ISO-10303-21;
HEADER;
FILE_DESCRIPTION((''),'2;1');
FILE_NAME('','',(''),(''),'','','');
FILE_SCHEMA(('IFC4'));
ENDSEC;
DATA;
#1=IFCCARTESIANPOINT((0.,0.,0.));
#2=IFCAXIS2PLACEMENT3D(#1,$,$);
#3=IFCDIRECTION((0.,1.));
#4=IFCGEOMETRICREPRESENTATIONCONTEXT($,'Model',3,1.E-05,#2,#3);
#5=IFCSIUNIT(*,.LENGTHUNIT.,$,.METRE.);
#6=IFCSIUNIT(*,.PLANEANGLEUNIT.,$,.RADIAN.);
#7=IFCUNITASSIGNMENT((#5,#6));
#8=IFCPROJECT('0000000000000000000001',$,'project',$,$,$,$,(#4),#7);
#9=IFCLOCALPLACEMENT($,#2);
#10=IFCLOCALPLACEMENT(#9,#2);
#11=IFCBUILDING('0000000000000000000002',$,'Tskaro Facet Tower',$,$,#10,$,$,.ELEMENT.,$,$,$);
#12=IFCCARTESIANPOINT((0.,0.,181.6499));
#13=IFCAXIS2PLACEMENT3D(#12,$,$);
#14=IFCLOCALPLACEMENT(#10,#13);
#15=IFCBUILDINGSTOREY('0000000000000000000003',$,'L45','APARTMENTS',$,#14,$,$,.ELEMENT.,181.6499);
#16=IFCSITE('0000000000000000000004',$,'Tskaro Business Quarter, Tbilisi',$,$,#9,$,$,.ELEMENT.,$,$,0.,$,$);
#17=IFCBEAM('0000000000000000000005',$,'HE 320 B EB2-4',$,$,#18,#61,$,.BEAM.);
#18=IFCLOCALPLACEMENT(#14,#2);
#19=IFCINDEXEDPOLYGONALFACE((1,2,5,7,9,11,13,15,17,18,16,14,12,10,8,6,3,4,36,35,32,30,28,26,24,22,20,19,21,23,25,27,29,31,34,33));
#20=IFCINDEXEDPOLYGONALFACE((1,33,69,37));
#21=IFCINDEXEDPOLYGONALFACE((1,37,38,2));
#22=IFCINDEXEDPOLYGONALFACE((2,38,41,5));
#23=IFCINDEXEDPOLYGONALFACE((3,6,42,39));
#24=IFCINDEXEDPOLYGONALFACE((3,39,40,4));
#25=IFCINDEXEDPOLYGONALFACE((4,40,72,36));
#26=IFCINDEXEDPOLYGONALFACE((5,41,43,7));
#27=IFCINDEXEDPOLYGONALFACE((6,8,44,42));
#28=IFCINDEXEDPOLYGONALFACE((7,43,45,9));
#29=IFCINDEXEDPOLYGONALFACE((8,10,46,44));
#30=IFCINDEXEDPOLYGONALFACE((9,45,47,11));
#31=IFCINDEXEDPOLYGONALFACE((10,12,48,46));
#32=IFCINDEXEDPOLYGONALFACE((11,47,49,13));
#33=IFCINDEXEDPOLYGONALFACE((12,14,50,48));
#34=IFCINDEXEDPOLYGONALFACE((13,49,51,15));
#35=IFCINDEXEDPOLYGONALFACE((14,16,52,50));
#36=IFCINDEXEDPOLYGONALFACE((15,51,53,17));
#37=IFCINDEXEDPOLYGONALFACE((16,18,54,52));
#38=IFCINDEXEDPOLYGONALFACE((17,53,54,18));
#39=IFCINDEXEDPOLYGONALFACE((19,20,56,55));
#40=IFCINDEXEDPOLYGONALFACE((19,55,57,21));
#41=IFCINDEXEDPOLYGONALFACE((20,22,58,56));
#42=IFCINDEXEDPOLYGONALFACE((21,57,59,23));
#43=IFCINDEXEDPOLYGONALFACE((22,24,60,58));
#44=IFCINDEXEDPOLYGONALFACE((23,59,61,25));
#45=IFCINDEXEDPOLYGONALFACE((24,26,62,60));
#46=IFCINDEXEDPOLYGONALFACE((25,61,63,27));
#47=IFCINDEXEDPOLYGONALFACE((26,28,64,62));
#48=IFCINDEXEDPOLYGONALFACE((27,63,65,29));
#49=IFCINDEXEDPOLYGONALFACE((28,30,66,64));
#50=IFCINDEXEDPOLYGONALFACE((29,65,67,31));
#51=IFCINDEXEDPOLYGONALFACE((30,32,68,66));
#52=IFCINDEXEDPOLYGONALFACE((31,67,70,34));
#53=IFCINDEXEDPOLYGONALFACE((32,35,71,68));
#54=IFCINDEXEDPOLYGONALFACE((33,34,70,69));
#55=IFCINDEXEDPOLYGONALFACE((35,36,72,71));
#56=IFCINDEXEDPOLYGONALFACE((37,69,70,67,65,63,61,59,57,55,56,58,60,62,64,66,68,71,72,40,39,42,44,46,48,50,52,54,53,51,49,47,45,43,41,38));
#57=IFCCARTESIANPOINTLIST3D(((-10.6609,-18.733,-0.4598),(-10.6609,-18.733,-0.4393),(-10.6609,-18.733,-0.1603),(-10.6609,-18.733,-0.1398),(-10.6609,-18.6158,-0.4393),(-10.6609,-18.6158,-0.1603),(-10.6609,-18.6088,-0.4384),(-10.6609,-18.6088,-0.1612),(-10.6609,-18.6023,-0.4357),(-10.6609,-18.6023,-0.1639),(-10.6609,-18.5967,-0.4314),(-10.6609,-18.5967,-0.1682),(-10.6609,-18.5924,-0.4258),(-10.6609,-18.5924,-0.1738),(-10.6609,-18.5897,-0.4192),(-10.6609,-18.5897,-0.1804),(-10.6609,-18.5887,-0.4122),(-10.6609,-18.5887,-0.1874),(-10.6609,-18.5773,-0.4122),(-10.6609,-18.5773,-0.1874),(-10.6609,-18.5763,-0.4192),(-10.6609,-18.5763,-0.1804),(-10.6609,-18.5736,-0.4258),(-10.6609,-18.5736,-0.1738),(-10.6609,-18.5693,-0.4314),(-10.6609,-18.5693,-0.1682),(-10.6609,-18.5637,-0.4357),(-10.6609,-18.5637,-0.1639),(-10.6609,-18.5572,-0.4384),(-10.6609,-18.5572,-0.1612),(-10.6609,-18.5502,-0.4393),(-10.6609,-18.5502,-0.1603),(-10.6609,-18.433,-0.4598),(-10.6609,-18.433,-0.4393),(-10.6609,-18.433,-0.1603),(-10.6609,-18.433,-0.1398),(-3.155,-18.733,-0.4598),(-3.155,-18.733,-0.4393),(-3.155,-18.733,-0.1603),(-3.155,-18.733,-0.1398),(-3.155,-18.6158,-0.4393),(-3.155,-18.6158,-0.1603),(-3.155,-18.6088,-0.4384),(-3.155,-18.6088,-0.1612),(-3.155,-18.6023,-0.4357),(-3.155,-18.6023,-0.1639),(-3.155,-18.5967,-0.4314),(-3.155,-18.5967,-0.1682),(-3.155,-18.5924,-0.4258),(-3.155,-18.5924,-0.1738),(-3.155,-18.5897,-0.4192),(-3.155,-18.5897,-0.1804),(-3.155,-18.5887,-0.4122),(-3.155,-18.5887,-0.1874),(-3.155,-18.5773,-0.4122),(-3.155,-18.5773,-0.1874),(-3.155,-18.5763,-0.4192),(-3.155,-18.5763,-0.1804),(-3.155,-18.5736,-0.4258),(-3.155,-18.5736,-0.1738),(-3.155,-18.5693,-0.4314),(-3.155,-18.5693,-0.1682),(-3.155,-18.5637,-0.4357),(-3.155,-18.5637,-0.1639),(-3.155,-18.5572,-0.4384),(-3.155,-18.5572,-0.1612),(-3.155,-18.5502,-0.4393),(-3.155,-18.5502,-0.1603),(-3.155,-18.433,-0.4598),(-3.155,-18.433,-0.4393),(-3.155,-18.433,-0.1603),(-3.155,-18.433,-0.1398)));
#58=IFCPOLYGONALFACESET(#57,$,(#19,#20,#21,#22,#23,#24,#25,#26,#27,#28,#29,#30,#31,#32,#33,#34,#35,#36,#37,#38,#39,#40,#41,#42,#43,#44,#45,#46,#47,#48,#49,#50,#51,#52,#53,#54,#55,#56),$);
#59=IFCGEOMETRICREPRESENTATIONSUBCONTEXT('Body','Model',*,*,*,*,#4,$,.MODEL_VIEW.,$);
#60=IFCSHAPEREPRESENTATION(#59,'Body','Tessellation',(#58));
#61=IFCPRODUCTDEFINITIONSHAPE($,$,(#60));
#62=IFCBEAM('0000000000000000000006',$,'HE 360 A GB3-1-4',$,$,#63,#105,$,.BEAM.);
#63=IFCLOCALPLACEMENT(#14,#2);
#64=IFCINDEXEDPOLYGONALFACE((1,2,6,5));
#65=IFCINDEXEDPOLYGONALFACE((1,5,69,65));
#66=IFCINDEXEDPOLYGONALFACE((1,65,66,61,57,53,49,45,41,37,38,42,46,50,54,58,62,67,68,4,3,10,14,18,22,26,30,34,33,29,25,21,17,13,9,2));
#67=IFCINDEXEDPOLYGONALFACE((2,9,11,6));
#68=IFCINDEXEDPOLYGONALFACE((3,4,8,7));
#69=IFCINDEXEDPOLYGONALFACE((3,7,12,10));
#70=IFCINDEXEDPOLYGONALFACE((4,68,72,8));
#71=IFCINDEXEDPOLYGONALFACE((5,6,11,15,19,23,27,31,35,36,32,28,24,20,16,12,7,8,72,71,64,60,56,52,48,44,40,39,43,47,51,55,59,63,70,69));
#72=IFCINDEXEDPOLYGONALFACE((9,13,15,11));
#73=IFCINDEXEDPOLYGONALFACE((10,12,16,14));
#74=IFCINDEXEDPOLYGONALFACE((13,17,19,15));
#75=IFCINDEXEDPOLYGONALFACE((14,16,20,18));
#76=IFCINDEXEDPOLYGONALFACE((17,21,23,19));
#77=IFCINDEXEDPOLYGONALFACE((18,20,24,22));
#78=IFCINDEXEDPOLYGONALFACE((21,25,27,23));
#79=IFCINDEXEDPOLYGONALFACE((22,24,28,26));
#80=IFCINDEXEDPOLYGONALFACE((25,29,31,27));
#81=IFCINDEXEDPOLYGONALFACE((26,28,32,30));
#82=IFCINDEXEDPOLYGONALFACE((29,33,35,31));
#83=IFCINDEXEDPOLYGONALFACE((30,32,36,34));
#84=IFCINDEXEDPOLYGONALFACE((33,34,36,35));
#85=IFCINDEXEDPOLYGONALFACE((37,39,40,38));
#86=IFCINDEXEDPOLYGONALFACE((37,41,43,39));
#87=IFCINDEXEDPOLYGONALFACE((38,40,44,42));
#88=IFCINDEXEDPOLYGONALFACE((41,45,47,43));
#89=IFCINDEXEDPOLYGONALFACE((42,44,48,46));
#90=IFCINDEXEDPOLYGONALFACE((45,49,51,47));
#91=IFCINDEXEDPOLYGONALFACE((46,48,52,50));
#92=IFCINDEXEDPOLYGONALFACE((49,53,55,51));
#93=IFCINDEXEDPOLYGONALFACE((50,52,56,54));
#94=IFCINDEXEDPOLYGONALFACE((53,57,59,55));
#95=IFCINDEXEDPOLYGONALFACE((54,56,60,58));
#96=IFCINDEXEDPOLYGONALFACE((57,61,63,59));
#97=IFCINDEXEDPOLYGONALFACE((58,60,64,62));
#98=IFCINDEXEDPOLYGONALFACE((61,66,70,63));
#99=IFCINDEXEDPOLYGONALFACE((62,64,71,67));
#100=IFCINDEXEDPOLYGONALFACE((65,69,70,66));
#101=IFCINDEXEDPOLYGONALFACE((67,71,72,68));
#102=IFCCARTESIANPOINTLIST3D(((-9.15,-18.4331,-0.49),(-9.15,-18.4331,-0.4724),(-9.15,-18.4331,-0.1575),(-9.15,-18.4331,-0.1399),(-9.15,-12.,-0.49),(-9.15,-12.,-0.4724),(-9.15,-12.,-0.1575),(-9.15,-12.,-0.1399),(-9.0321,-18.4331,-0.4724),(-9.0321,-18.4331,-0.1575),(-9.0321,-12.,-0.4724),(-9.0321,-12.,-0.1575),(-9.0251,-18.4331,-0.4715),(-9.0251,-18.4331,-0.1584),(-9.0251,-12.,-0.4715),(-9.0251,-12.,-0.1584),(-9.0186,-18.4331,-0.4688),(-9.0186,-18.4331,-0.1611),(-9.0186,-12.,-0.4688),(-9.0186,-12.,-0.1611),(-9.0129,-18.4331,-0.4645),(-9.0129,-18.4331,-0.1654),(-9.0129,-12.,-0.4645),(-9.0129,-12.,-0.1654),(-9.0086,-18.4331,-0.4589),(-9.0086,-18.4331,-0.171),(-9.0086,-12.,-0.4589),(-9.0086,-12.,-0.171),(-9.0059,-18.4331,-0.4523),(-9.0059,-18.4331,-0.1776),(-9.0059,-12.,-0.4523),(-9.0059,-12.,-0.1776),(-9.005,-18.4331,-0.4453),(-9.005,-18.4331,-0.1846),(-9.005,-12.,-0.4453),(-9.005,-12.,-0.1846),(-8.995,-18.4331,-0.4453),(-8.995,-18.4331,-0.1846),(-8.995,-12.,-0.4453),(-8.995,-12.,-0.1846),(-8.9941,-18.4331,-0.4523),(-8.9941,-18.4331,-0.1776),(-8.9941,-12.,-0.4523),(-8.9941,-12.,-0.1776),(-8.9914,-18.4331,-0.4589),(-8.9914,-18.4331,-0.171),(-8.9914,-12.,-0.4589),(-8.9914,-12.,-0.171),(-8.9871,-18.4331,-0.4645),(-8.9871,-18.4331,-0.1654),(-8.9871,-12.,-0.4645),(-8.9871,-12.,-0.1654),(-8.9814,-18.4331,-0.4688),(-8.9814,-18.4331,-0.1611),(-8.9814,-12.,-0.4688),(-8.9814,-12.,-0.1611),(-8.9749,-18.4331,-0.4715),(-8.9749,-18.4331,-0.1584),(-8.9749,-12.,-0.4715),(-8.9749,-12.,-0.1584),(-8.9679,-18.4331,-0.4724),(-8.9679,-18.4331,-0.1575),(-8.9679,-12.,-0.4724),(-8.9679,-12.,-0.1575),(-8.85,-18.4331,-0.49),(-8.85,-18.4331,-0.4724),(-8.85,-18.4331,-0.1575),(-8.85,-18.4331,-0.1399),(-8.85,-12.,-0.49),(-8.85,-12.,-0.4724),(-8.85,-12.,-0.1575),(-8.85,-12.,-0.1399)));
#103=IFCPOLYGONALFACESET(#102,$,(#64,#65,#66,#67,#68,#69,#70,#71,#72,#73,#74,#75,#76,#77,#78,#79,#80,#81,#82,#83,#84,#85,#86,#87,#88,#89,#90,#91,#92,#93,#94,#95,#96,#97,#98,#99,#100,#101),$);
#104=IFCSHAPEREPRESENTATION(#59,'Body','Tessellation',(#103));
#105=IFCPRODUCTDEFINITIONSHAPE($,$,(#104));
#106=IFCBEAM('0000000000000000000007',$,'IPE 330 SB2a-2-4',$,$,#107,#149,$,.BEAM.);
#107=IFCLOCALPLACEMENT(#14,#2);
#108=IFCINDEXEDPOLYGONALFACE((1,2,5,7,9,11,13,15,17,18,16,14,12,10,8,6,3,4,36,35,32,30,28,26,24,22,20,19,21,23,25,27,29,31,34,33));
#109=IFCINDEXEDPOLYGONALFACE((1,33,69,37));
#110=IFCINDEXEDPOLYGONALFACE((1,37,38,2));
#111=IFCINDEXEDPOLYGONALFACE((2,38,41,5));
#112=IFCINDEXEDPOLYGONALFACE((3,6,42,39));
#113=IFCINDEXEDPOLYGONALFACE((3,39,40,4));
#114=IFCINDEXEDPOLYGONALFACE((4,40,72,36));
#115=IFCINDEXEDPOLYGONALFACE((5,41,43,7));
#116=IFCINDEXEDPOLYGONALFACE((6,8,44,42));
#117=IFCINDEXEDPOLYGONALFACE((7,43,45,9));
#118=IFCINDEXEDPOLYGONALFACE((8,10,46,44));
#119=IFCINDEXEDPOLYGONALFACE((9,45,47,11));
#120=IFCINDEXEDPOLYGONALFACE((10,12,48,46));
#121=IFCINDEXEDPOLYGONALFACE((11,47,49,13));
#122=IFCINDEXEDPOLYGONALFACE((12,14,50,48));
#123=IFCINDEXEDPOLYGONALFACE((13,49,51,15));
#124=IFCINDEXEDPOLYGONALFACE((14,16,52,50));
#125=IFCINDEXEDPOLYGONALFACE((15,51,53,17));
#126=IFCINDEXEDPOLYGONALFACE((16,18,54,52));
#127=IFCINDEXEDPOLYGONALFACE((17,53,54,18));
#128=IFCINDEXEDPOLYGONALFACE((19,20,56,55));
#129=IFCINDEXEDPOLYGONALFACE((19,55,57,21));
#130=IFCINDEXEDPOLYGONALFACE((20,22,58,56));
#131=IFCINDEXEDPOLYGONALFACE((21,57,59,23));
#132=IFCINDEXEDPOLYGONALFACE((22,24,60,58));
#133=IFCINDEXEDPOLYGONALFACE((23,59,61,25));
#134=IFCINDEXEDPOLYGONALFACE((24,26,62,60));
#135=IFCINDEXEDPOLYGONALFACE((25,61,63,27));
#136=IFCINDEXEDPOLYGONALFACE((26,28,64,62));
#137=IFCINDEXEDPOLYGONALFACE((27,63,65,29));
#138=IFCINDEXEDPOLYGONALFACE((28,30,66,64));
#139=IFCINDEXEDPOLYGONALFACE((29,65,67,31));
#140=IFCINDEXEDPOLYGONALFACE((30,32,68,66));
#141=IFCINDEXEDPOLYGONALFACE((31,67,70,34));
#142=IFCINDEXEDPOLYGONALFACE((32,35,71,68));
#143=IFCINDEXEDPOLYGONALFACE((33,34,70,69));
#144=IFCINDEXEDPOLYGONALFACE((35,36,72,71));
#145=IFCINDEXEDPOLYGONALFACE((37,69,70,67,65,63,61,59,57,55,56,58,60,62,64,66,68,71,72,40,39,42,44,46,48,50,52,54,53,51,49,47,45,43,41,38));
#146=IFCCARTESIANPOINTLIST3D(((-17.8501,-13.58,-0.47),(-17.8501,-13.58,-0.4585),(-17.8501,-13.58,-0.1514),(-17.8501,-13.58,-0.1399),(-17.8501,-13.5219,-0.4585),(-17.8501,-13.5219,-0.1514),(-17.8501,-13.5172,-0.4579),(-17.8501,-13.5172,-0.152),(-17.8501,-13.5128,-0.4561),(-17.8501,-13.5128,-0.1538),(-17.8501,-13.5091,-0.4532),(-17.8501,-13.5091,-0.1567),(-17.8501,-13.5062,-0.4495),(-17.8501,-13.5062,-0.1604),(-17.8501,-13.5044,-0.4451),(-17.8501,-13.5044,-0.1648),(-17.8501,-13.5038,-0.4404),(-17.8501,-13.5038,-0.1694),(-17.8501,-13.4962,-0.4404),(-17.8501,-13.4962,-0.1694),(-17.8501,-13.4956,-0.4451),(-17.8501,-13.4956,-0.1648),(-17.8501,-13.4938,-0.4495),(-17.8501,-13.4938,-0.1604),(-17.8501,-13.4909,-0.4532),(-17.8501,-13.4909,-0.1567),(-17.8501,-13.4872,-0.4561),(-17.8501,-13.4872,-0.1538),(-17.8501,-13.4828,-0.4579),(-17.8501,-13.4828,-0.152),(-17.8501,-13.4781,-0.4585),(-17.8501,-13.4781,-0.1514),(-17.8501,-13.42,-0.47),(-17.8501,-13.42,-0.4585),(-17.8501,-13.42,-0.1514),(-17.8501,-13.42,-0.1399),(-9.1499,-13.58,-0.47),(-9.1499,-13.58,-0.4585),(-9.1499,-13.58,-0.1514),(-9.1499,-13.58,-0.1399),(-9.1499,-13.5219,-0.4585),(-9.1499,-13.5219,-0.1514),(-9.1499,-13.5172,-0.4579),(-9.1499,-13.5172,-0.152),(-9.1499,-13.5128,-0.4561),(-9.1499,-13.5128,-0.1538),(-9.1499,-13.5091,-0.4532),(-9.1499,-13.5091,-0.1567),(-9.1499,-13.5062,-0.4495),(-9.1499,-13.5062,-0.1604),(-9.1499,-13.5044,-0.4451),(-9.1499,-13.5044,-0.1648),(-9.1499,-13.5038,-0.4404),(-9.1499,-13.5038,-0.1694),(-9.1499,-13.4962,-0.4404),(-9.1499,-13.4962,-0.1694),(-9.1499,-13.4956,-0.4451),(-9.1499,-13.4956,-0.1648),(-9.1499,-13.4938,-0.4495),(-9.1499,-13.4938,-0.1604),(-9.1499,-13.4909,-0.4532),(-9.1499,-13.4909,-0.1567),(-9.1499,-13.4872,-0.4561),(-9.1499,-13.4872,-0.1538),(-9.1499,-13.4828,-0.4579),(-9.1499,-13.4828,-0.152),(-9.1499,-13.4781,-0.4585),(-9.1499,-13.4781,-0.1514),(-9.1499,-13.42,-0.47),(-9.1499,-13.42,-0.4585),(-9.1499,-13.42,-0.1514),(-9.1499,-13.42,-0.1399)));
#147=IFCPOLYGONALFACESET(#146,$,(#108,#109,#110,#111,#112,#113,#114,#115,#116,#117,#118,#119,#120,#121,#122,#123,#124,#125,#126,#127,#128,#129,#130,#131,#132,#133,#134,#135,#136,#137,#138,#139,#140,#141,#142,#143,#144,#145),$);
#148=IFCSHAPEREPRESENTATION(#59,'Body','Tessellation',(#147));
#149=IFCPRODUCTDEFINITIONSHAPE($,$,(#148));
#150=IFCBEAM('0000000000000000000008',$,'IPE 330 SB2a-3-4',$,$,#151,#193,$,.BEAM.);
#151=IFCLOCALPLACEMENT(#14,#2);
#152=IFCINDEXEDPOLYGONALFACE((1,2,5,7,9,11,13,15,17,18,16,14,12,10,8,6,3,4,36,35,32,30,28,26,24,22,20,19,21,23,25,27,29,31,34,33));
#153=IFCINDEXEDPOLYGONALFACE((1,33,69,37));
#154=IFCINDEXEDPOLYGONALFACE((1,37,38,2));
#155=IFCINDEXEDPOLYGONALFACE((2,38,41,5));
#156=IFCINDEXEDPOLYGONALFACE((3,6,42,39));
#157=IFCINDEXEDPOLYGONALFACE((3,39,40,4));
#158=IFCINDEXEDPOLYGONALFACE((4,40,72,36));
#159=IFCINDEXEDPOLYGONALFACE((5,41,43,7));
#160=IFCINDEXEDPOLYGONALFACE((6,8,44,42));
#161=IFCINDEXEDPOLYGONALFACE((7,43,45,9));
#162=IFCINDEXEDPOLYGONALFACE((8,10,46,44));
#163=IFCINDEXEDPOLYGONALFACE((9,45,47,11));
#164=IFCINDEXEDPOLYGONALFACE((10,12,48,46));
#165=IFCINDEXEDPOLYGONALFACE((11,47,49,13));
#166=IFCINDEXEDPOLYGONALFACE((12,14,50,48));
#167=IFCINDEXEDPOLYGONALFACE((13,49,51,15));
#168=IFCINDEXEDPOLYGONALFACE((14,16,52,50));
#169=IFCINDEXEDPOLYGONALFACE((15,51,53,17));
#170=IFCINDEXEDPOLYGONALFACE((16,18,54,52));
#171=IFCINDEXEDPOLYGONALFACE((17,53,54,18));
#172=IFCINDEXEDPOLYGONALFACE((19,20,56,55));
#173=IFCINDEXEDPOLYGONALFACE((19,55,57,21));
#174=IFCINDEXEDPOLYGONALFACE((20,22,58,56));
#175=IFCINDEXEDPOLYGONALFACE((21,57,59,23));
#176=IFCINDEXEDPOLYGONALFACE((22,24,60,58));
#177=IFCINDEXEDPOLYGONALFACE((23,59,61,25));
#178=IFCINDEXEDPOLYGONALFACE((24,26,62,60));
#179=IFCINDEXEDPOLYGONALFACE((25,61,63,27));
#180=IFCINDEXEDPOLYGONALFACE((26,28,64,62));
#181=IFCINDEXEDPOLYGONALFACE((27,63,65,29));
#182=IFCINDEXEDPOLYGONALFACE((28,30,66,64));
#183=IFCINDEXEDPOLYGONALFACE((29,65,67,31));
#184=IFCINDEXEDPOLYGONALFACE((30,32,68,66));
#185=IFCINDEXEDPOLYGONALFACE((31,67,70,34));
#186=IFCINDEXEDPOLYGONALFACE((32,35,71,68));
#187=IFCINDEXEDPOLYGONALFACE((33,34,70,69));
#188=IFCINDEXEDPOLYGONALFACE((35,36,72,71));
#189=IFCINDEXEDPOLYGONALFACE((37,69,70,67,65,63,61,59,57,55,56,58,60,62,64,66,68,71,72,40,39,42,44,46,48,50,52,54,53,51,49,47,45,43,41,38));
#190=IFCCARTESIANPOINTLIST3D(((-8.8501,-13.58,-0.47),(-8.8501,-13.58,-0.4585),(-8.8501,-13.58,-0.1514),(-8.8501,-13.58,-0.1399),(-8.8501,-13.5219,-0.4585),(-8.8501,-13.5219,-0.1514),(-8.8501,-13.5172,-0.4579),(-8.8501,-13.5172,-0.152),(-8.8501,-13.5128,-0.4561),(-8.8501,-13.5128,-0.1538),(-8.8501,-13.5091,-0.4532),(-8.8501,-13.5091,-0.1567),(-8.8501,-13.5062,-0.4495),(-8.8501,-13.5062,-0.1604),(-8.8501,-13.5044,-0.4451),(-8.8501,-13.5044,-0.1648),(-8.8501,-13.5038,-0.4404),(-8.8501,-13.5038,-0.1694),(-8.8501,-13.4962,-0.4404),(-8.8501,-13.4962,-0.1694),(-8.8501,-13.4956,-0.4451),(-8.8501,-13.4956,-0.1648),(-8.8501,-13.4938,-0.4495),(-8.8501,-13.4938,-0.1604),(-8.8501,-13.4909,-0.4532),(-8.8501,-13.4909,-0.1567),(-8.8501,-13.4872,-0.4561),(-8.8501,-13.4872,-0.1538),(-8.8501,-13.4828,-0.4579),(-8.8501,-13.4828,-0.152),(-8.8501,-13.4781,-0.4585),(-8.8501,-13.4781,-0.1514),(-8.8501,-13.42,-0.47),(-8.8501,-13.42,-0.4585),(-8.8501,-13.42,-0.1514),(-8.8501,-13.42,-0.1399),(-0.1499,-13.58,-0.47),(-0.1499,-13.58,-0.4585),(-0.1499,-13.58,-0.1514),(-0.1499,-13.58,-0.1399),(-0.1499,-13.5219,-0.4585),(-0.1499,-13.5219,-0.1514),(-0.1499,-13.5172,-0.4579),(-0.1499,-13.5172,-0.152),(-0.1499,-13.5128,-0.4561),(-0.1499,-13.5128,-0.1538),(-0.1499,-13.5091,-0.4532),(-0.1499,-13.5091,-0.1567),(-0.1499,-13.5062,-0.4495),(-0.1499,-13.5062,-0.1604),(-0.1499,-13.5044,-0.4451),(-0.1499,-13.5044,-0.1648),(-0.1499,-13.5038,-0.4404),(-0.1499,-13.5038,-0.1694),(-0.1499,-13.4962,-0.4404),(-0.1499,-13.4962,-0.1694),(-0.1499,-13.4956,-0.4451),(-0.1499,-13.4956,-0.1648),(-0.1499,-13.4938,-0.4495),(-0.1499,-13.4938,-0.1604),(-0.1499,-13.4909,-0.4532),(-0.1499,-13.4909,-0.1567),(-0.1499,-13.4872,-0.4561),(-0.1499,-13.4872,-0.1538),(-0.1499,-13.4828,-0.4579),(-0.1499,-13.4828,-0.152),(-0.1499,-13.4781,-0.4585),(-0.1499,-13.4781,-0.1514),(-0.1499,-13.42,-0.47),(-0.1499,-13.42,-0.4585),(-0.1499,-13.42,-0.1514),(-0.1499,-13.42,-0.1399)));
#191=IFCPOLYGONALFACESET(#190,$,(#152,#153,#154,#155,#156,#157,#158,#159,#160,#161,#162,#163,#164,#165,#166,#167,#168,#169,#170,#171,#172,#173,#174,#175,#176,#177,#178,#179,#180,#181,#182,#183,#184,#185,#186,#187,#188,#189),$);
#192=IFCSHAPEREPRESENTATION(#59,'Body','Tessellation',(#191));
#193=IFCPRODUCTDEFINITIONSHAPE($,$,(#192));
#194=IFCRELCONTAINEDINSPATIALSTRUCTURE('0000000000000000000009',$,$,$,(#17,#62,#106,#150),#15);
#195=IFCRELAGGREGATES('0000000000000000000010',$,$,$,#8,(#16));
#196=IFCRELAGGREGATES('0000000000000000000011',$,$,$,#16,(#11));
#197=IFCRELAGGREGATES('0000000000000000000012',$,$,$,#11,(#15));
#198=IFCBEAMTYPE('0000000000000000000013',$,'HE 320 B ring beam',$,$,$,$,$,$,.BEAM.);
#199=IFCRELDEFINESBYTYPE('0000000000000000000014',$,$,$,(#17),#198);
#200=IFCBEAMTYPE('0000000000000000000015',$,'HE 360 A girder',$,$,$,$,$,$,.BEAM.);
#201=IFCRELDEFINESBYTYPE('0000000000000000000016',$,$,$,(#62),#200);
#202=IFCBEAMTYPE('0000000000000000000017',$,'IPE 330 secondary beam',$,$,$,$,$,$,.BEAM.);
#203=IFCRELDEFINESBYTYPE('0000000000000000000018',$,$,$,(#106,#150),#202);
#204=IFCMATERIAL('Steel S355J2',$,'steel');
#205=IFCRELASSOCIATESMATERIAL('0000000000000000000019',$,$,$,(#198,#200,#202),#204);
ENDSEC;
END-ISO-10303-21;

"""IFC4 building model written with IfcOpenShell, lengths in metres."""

from ifc_helpers import new_model, si_unit, direction, frame, origin, origin_2d, place, context, subcontext, project, spatial, i_section, extrude, material, material_profile, profile_set, type_object, element, save


model = new_model("IFC4")

# Units and contexts
model_context = context("Model", 3, precision=1e-05, world=origin(), true_north=direction((0.0, 1.0)))
body_context = subcontext(model_context, "Body", "Model", "MODEL_VIEW")
ifc_project = project(units=[si_unit("LENGTHUNIT", "METRE"), si_unit("PLANEANGLEUNIT", "RADIAN")], contexts=[model_context])

# Site, building, storey
site_placement = place(None, origin())
site = spatial("IfcSite", under=ifc_project, at=site_placement, Name="Tskaro Business Quarter, Tbilisi", CompositionType="ELEMENT", RefElevation=0.0)
building_placement = place(site_placement, origin())
building = spatial("IfcBuilding", under=site, at=building_placement, Name="Tskaro Facet Tower", CompositionType="ELEMENT")
storey_placement = place(building_placement, frame((0.0, 0.0, 181.6499)))
storey = spatial("IfcBuildingStorey", under=building, at=storey_placement, Name="L45", Description="APARTMENTS", CompositionType="ELEMENT", Elevation=181.6499)

# Beams
ifc_material_1 = material(Name="Steel S355J2", Category="steel")
ifc_material_profile_1 = material_profile(ifc_material_1, i_section(OverallWidth=0.3, OverallDepth=0.3201, WebThickness=0.0115, FlangeThickness=0.0205, FilletRadius=0.0271, at=origin_2d()), Name="HE 320 B")
ifc_profile_set_1 = profile_set([ifc_material_profile_1], Name="Steel S355J2")
beam_type_1 = type_object("IfcBeamType", Name="HE 320 B ring beam", PredefinedType="BEAM", material=ifc_profile_set_1)
beam_1_placement = place(storey_placement, frame((-10.6609, -18.583, -0.2998), z_axis=(1.0, 0.0, 0.0), x_axis=(0.0, 1.0, 0.0)))
element("IfcBeam", 1, at=beam_1_placement, inside=storey, type_object=beam_type_1, Name="HE 320 B EB2-4", PredefinedType="BEAM", context=body_context, shape_type="SweptSolid", body=[
    extrude(i_section(OverallWidth=0.3, OverallDepth=0.3201, WebThickness=0.0115, FlangeThickness=0.0205, FilletRadius=0.0271, at=origin_2d()), origin(), (0.0, 0.0, 1.0), 7.5059),
])
ifc_material_profile_2 = material_profile(ifc_material_1, i_section(OverallWidth=0.3, OverallDepth=0.3501, WebThickness=0.01, FlangeThickness=0.0176, FilletRadius=0.0271, at=origin_2d()), Name="HE 360 A")
ifc_profile_set_2 = profile_set([ifc_material_profile_2], Name="Steel S355J2")
beam_type_2 = type_object("IfcBeamType", Name="HE 360 A girder", PredefinedType="BEAM", material=ifc_profile_set_2)
beam_2_placement = place(storey_placement, frame((-9.0, -18.4331, -0.3149), z_axis=(0.0, 1.0, 0.0), x_axis=(-1.0, 0.0, 0.0)))
element("IfcBeam", 2, at=beam_2_placement, inside=storey, type_object=beam_type_2, Name="HE 360 A GB3-1-4", PredefinedType="BEAM", context=body_context, shape_type="SweptSolid", body=[
    extrude(i_section(OverallWidth=0.3, OverallDepth=0.3501, WebThickness=0.01, FlangeThickness=0.0176, FilletRadius=0.0271, at=origin_2d()), origin(), (0.0, 0.0, 1.0), 6.4331),
])
ifc_material_profile_3 = material_profile(ifc_material_1, i_section(OverallWidth=0.1599, OverallDepth=0.3301, WebThickness=0.0076, FlangeThickness=0.0115, FilletRadius=0.0181, at=origin_2d()), Name="IPE 330")
ifc_profile_set_3 = profile_set([ifc_material_profile_3], Name="Steel S355J2")
beam_type_3 = type_object("IfcBeamType", Name="IPE 330 secondary beam", PredefinedType="BEAM", material=ifc_profile_set_3)
for number, where, z_axis, x_axis, name in (
    (3, (-17.8501, -13.5, -0.3049), (1.0, 0.0, 0.0), (0.0, 1.0, 0.0), "IPE 330 SB2a-2-4"),
    (4, (-8.8501, -13.5, -0.3049), (1.0, 0.0, 0.0), (0.0, 1.0, 0.0), "IPE 330 SB2a-3-4"),
):
    element("IfcBeam", number, at=place(storey_placement, frame(where, z_axis=z_axis, x_axis=x_axis)), inside=storey, type_object=beam_type_3, Name=name, PredefinedType="BEAM", context=body_context, shape_type="SweptSolid", body=[
        extrude(i_section(OverallWidth=0.1599, OverallDepth=0.3301, WebThickness=0.0076, FlangeThickness=0.0115, FilletRadius=0.0181, at=origin_2d()), origin(), (0.0, 0.0, 1.0), 8.7002),
    ])

save(model, "model.ifc")
